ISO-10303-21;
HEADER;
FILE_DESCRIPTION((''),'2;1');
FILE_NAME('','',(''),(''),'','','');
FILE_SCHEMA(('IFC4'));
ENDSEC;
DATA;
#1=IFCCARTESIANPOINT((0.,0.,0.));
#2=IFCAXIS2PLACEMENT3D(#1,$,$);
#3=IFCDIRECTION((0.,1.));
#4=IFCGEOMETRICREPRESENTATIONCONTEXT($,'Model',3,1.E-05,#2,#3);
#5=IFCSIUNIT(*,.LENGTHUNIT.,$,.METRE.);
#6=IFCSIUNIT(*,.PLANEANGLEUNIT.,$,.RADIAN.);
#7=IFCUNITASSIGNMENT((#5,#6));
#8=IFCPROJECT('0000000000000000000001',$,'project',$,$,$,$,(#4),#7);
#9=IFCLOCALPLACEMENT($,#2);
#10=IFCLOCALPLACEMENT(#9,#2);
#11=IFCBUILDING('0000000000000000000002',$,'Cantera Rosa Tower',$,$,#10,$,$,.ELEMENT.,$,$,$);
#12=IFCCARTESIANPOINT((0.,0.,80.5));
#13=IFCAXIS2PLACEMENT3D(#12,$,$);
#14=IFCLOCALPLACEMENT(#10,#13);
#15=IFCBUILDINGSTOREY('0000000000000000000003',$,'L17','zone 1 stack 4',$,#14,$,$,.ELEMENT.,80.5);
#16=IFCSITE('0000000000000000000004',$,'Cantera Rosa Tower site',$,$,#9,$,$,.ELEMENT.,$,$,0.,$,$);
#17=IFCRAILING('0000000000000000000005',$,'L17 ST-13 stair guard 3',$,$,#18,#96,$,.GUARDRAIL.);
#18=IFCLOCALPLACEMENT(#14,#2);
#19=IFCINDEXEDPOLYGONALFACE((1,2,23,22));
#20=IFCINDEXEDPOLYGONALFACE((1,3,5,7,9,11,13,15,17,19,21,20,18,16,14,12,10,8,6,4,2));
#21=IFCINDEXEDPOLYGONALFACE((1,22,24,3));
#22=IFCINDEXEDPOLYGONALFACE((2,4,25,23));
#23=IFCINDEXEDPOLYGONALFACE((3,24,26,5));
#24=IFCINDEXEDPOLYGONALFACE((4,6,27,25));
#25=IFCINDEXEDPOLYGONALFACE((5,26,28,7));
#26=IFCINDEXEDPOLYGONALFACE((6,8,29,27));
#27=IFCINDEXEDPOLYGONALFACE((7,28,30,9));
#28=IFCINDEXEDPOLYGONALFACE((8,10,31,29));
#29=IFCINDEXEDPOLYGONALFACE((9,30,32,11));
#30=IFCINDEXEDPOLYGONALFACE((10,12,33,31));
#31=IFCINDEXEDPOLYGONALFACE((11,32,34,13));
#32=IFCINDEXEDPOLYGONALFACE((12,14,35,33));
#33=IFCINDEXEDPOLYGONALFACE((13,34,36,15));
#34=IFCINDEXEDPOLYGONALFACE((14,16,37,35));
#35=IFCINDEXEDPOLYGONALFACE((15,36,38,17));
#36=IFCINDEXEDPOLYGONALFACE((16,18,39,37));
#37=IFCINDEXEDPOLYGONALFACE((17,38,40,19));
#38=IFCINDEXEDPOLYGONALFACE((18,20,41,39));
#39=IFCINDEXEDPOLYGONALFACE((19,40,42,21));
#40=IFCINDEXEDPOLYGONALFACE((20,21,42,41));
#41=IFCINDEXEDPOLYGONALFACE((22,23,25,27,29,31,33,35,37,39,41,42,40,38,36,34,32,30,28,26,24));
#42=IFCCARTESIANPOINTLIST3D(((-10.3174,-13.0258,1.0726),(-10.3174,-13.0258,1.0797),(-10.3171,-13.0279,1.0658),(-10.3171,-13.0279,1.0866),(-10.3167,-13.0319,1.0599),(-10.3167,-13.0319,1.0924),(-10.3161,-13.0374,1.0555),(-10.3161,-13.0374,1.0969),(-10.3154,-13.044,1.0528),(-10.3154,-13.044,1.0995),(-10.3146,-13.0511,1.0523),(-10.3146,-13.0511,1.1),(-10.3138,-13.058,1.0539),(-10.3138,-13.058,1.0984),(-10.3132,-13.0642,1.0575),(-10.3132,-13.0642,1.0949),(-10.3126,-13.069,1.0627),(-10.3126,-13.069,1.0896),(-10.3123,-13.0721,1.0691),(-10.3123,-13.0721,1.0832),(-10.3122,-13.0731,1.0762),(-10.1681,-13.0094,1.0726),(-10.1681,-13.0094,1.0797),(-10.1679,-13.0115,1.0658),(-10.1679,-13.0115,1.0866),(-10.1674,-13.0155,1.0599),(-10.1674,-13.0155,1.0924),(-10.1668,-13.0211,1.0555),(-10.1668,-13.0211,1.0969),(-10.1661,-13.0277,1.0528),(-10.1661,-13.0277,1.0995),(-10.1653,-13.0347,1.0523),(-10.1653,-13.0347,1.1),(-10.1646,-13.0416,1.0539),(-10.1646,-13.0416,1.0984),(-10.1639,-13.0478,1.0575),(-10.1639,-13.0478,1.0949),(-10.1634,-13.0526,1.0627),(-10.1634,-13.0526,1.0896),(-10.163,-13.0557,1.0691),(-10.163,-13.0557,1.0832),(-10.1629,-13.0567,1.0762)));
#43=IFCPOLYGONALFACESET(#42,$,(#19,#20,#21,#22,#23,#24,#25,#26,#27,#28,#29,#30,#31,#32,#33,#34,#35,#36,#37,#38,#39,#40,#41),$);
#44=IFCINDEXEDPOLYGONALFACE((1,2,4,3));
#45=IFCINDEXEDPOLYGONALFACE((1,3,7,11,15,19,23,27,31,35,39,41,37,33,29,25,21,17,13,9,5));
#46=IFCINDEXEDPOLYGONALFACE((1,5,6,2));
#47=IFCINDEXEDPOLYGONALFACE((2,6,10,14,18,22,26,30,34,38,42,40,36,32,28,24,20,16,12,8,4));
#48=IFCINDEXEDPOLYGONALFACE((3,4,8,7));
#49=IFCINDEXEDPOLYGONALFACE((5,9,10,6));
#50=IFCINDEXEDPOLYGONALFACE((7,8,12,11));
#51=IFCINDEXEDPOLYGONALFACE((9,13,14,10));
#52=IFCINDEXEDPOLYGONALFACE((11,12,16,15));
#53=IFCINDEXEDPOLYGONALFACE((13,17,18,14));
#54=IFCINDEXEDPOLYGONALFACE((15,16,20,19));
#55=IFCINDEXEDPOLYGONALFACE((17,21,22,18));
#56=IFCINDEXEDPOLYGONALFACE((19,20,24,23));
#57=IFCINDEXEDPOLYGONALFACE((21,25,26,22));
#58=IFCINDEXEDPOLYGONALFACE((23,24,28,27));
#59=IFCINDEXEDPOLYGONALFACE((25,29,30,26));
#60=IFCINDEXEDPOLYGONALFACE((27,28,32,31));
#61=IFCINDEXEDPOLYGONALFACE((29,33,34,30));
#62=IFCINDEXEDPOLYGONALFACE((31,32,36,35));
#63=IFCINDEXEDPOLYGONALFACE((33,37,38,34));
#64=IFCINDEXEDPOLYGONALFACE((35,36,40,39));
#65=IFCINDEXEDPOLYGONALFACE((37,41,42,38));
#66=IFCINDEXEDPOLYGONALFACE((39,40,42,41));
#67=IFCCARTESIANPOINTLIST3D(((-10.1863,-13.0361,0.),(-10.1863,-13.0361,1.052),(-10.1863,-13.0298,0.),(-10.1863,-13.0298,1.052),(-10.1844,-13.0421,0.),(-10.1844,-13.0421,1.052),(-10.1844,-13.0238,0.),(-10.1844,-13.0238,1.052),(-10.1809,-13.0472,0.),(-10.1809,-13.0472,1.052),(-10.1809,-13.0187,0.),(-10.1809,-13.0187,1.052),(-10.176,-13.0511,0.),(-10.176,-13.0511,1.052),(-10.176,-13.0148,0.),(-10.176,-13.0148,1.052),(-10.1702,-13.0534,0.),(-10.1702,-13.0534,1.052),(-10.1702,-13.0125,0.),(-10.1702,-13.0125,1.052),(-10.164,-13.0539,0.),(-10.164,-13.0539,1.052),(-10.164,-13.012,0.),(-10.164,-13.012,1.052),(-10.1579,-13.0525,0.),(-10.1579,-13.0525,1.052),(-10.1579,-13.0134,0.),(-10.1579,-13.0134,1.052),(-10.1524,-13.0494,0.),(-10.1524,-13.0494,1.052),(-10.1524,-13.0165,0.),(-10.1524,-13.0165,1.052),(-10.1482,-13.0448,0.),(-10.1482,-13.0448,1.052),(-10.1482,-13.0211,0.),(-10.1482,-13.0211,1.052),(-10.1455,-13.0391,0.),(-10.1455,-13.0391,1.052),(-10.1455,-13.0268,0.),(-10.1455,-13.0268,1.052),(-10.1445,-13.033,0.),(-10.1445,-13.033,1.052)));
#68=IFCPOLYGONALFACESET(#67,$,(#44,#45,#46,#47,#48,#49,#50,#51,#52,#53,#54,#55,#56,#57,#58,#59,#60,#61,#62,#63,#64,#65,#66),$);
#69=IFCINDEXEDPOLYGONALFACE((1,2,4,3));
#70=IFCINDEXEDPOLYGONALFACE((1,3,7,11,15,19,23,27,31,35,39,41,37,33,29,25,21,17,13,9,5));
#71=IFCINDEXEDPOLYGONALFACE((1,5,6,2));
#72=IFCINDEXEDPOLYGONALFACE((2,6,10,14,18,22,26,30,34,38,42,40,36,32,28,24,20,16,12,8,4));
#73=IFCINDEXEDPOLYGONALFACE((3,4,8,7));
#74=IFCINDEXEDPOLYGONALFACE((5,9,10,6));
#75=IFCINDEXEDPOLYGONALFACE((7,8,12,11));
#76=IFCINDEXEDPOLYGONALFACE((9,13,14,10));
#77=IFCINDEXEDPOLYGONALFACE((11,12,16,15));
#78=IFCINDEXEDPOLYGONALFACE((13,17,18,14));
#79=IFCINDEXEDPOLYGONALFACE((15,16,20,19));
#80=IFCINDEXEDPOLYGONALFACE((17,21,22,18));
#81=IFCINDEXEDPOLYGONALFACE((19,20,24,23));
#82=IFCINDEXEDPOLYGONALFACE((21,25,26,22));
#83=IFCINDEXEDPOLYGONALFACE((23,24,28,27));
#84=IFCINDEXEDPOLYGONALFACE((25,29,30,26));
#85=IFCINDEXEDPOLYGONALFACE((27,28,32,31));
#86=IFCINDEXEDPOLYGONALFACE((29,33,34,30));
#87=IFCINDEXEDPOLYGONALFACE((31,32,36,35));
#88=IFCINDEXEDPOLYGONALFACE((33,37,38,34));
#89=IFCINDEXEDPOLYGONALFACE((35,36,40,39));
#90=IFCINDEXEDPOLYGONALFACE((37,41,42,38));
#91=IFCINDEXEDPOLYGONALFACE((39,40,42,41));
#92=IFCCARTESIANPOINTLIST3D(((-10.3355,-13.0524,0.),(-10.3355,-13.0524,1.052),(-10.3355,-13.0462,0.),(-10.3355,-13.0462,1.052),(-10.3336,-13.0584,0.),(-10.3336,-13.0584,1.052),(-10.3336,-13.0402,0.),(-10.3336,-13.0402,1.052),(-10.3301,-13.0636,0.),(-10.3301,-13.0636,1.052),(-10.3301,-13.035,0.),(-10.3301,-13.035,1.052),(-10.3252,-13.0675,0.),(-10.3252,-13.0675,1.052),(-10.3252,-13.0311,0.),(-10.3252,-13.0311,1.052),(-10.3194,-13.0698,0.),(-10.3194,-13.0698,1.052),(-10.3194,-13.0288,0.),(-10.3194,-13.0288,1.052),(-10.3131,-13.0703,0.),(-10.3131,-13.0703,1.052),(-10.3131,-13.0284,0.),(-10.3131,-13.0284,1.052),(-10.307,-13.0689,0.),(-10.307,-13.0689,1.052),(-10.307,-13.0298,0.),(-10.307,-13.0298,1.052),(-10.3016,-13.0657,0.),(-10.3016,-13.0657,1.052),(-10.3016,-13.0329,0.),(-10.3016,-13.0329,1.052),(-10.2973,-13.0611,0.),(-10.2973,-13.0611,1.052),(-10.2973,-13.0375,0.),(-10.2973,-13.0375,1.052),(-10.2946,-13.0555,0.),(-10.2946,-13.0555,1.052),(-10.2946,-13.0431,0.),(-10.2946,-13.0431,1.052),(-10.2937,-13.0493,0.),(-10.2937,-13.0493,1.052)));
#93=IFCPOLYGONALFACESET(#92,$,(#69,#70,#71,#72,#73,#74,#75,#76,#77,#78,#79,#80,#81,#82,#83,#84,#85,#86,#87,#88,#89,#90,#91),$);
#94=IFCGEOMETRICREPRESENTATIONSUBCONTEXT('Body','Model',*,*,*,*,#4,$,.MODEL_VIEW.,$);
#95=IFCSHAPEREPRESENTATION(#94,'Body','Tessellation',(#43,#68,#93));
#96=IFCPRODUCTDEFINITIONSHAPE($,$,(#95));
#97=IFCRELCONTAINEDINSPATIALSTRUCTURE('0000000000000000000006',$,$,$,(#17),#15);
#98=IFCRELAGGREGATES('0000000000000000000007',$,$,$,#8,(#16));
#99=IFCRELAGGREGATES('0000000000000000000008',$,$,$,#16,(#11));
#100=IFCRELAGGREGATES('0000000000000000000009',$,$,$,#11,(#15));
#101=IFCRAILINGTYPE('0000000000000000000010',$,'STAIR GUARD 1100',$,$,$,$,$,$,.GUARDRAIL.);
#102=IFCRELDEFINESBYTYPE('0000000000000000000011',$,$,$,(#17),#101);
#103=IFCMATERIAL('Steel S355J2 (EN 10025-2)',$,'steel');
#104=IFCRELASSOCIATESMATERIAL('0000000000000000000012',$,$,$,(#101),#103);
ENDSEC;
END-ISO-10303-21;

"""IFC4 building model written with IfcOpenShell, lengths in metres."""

from ifc_helpers import new_model, si_unit, direction, frame, origin, origin_2d, place, context, subcontext, project, spatial, circle, extrude, material, type_object, element, save


model = new_model("IFC4")

# Units and contexts
model_context = context("Model", 3, precision=1e-05, world=origin(), true_north=direction((0.0, 1.0)))
body_context = subcontext(model_context, "Body", "Model", "MODEL_VIEW")
ifc_project = project(units=[si_unit("LENGTHUNIT", "METRE"), si_unit("PLANEANGLEUNIT", "RADIAN")], contexts=[model_context])

# Site, building, storey
site_placement = place(None, origin())
site = spatial("IfcSite", under=ifc_project, at=site_placement, Name="Cantera Rosa Tower site", CompositionType="ELEMENT", RefElevation=0.0)
building_placement = place(site_placement, origin())
building = spatial("IfcBuilding", under=site, at=building_placement, Name="Cantera Rosa Tower", CompositionType="ELEMENT")
storey_placement = place(building_placement, frame((0.0, 0.0, 80.5)))
storey = spatial("IfcBuildingStorey", under=building, at=storey_placement, Name="L17", Description="zone 1 stack 4", CompositionType="ELEMENT", Elevation=80.5)

# Railing
ifc_material_1 = material(Name="Steel S355J2 (EN 10025-2)", Category="steel")
railing_type_1 = type_object("IfcRailingType", Name="STAIR GUARD 1100", PredefinedType="GUARDRAIL", material=ifc_material_1)
railing_1_placement = place(storey_placement, frame((-10.1655, -13.033, 0.0)))
element("IfcRailing", 1, at=railing_1_placement, inside=storey, type_object=railing_type_1, Name="L17 ST-13 stair guard 3", PredefinedType="GUARDRAIL", context=body_context, shape_type="SweptSolid", body=[
    extrude(circle(Radius=0.0239, at=origin_2d()), frame((0.0, 0.0, 1.0762), z_axis=(-0.994041, -0.109003, 0.0), x_axis=(0.109003, -0.994041, 0.0)), (0.0, 0.0, 1.0), 0.1501),
    extrude(circle(Radius=0.021, at=origin_2d()), origin(), (0.0, 0.0, 1.0), 1.052),
    extrude(circle(Radius=0.021, at=origin_2d()), frame((-0.1492, -0.0164, 0.0)), (0.0, 0.0, 1.0), 1.052),
])

save(model, "model.ifc")
